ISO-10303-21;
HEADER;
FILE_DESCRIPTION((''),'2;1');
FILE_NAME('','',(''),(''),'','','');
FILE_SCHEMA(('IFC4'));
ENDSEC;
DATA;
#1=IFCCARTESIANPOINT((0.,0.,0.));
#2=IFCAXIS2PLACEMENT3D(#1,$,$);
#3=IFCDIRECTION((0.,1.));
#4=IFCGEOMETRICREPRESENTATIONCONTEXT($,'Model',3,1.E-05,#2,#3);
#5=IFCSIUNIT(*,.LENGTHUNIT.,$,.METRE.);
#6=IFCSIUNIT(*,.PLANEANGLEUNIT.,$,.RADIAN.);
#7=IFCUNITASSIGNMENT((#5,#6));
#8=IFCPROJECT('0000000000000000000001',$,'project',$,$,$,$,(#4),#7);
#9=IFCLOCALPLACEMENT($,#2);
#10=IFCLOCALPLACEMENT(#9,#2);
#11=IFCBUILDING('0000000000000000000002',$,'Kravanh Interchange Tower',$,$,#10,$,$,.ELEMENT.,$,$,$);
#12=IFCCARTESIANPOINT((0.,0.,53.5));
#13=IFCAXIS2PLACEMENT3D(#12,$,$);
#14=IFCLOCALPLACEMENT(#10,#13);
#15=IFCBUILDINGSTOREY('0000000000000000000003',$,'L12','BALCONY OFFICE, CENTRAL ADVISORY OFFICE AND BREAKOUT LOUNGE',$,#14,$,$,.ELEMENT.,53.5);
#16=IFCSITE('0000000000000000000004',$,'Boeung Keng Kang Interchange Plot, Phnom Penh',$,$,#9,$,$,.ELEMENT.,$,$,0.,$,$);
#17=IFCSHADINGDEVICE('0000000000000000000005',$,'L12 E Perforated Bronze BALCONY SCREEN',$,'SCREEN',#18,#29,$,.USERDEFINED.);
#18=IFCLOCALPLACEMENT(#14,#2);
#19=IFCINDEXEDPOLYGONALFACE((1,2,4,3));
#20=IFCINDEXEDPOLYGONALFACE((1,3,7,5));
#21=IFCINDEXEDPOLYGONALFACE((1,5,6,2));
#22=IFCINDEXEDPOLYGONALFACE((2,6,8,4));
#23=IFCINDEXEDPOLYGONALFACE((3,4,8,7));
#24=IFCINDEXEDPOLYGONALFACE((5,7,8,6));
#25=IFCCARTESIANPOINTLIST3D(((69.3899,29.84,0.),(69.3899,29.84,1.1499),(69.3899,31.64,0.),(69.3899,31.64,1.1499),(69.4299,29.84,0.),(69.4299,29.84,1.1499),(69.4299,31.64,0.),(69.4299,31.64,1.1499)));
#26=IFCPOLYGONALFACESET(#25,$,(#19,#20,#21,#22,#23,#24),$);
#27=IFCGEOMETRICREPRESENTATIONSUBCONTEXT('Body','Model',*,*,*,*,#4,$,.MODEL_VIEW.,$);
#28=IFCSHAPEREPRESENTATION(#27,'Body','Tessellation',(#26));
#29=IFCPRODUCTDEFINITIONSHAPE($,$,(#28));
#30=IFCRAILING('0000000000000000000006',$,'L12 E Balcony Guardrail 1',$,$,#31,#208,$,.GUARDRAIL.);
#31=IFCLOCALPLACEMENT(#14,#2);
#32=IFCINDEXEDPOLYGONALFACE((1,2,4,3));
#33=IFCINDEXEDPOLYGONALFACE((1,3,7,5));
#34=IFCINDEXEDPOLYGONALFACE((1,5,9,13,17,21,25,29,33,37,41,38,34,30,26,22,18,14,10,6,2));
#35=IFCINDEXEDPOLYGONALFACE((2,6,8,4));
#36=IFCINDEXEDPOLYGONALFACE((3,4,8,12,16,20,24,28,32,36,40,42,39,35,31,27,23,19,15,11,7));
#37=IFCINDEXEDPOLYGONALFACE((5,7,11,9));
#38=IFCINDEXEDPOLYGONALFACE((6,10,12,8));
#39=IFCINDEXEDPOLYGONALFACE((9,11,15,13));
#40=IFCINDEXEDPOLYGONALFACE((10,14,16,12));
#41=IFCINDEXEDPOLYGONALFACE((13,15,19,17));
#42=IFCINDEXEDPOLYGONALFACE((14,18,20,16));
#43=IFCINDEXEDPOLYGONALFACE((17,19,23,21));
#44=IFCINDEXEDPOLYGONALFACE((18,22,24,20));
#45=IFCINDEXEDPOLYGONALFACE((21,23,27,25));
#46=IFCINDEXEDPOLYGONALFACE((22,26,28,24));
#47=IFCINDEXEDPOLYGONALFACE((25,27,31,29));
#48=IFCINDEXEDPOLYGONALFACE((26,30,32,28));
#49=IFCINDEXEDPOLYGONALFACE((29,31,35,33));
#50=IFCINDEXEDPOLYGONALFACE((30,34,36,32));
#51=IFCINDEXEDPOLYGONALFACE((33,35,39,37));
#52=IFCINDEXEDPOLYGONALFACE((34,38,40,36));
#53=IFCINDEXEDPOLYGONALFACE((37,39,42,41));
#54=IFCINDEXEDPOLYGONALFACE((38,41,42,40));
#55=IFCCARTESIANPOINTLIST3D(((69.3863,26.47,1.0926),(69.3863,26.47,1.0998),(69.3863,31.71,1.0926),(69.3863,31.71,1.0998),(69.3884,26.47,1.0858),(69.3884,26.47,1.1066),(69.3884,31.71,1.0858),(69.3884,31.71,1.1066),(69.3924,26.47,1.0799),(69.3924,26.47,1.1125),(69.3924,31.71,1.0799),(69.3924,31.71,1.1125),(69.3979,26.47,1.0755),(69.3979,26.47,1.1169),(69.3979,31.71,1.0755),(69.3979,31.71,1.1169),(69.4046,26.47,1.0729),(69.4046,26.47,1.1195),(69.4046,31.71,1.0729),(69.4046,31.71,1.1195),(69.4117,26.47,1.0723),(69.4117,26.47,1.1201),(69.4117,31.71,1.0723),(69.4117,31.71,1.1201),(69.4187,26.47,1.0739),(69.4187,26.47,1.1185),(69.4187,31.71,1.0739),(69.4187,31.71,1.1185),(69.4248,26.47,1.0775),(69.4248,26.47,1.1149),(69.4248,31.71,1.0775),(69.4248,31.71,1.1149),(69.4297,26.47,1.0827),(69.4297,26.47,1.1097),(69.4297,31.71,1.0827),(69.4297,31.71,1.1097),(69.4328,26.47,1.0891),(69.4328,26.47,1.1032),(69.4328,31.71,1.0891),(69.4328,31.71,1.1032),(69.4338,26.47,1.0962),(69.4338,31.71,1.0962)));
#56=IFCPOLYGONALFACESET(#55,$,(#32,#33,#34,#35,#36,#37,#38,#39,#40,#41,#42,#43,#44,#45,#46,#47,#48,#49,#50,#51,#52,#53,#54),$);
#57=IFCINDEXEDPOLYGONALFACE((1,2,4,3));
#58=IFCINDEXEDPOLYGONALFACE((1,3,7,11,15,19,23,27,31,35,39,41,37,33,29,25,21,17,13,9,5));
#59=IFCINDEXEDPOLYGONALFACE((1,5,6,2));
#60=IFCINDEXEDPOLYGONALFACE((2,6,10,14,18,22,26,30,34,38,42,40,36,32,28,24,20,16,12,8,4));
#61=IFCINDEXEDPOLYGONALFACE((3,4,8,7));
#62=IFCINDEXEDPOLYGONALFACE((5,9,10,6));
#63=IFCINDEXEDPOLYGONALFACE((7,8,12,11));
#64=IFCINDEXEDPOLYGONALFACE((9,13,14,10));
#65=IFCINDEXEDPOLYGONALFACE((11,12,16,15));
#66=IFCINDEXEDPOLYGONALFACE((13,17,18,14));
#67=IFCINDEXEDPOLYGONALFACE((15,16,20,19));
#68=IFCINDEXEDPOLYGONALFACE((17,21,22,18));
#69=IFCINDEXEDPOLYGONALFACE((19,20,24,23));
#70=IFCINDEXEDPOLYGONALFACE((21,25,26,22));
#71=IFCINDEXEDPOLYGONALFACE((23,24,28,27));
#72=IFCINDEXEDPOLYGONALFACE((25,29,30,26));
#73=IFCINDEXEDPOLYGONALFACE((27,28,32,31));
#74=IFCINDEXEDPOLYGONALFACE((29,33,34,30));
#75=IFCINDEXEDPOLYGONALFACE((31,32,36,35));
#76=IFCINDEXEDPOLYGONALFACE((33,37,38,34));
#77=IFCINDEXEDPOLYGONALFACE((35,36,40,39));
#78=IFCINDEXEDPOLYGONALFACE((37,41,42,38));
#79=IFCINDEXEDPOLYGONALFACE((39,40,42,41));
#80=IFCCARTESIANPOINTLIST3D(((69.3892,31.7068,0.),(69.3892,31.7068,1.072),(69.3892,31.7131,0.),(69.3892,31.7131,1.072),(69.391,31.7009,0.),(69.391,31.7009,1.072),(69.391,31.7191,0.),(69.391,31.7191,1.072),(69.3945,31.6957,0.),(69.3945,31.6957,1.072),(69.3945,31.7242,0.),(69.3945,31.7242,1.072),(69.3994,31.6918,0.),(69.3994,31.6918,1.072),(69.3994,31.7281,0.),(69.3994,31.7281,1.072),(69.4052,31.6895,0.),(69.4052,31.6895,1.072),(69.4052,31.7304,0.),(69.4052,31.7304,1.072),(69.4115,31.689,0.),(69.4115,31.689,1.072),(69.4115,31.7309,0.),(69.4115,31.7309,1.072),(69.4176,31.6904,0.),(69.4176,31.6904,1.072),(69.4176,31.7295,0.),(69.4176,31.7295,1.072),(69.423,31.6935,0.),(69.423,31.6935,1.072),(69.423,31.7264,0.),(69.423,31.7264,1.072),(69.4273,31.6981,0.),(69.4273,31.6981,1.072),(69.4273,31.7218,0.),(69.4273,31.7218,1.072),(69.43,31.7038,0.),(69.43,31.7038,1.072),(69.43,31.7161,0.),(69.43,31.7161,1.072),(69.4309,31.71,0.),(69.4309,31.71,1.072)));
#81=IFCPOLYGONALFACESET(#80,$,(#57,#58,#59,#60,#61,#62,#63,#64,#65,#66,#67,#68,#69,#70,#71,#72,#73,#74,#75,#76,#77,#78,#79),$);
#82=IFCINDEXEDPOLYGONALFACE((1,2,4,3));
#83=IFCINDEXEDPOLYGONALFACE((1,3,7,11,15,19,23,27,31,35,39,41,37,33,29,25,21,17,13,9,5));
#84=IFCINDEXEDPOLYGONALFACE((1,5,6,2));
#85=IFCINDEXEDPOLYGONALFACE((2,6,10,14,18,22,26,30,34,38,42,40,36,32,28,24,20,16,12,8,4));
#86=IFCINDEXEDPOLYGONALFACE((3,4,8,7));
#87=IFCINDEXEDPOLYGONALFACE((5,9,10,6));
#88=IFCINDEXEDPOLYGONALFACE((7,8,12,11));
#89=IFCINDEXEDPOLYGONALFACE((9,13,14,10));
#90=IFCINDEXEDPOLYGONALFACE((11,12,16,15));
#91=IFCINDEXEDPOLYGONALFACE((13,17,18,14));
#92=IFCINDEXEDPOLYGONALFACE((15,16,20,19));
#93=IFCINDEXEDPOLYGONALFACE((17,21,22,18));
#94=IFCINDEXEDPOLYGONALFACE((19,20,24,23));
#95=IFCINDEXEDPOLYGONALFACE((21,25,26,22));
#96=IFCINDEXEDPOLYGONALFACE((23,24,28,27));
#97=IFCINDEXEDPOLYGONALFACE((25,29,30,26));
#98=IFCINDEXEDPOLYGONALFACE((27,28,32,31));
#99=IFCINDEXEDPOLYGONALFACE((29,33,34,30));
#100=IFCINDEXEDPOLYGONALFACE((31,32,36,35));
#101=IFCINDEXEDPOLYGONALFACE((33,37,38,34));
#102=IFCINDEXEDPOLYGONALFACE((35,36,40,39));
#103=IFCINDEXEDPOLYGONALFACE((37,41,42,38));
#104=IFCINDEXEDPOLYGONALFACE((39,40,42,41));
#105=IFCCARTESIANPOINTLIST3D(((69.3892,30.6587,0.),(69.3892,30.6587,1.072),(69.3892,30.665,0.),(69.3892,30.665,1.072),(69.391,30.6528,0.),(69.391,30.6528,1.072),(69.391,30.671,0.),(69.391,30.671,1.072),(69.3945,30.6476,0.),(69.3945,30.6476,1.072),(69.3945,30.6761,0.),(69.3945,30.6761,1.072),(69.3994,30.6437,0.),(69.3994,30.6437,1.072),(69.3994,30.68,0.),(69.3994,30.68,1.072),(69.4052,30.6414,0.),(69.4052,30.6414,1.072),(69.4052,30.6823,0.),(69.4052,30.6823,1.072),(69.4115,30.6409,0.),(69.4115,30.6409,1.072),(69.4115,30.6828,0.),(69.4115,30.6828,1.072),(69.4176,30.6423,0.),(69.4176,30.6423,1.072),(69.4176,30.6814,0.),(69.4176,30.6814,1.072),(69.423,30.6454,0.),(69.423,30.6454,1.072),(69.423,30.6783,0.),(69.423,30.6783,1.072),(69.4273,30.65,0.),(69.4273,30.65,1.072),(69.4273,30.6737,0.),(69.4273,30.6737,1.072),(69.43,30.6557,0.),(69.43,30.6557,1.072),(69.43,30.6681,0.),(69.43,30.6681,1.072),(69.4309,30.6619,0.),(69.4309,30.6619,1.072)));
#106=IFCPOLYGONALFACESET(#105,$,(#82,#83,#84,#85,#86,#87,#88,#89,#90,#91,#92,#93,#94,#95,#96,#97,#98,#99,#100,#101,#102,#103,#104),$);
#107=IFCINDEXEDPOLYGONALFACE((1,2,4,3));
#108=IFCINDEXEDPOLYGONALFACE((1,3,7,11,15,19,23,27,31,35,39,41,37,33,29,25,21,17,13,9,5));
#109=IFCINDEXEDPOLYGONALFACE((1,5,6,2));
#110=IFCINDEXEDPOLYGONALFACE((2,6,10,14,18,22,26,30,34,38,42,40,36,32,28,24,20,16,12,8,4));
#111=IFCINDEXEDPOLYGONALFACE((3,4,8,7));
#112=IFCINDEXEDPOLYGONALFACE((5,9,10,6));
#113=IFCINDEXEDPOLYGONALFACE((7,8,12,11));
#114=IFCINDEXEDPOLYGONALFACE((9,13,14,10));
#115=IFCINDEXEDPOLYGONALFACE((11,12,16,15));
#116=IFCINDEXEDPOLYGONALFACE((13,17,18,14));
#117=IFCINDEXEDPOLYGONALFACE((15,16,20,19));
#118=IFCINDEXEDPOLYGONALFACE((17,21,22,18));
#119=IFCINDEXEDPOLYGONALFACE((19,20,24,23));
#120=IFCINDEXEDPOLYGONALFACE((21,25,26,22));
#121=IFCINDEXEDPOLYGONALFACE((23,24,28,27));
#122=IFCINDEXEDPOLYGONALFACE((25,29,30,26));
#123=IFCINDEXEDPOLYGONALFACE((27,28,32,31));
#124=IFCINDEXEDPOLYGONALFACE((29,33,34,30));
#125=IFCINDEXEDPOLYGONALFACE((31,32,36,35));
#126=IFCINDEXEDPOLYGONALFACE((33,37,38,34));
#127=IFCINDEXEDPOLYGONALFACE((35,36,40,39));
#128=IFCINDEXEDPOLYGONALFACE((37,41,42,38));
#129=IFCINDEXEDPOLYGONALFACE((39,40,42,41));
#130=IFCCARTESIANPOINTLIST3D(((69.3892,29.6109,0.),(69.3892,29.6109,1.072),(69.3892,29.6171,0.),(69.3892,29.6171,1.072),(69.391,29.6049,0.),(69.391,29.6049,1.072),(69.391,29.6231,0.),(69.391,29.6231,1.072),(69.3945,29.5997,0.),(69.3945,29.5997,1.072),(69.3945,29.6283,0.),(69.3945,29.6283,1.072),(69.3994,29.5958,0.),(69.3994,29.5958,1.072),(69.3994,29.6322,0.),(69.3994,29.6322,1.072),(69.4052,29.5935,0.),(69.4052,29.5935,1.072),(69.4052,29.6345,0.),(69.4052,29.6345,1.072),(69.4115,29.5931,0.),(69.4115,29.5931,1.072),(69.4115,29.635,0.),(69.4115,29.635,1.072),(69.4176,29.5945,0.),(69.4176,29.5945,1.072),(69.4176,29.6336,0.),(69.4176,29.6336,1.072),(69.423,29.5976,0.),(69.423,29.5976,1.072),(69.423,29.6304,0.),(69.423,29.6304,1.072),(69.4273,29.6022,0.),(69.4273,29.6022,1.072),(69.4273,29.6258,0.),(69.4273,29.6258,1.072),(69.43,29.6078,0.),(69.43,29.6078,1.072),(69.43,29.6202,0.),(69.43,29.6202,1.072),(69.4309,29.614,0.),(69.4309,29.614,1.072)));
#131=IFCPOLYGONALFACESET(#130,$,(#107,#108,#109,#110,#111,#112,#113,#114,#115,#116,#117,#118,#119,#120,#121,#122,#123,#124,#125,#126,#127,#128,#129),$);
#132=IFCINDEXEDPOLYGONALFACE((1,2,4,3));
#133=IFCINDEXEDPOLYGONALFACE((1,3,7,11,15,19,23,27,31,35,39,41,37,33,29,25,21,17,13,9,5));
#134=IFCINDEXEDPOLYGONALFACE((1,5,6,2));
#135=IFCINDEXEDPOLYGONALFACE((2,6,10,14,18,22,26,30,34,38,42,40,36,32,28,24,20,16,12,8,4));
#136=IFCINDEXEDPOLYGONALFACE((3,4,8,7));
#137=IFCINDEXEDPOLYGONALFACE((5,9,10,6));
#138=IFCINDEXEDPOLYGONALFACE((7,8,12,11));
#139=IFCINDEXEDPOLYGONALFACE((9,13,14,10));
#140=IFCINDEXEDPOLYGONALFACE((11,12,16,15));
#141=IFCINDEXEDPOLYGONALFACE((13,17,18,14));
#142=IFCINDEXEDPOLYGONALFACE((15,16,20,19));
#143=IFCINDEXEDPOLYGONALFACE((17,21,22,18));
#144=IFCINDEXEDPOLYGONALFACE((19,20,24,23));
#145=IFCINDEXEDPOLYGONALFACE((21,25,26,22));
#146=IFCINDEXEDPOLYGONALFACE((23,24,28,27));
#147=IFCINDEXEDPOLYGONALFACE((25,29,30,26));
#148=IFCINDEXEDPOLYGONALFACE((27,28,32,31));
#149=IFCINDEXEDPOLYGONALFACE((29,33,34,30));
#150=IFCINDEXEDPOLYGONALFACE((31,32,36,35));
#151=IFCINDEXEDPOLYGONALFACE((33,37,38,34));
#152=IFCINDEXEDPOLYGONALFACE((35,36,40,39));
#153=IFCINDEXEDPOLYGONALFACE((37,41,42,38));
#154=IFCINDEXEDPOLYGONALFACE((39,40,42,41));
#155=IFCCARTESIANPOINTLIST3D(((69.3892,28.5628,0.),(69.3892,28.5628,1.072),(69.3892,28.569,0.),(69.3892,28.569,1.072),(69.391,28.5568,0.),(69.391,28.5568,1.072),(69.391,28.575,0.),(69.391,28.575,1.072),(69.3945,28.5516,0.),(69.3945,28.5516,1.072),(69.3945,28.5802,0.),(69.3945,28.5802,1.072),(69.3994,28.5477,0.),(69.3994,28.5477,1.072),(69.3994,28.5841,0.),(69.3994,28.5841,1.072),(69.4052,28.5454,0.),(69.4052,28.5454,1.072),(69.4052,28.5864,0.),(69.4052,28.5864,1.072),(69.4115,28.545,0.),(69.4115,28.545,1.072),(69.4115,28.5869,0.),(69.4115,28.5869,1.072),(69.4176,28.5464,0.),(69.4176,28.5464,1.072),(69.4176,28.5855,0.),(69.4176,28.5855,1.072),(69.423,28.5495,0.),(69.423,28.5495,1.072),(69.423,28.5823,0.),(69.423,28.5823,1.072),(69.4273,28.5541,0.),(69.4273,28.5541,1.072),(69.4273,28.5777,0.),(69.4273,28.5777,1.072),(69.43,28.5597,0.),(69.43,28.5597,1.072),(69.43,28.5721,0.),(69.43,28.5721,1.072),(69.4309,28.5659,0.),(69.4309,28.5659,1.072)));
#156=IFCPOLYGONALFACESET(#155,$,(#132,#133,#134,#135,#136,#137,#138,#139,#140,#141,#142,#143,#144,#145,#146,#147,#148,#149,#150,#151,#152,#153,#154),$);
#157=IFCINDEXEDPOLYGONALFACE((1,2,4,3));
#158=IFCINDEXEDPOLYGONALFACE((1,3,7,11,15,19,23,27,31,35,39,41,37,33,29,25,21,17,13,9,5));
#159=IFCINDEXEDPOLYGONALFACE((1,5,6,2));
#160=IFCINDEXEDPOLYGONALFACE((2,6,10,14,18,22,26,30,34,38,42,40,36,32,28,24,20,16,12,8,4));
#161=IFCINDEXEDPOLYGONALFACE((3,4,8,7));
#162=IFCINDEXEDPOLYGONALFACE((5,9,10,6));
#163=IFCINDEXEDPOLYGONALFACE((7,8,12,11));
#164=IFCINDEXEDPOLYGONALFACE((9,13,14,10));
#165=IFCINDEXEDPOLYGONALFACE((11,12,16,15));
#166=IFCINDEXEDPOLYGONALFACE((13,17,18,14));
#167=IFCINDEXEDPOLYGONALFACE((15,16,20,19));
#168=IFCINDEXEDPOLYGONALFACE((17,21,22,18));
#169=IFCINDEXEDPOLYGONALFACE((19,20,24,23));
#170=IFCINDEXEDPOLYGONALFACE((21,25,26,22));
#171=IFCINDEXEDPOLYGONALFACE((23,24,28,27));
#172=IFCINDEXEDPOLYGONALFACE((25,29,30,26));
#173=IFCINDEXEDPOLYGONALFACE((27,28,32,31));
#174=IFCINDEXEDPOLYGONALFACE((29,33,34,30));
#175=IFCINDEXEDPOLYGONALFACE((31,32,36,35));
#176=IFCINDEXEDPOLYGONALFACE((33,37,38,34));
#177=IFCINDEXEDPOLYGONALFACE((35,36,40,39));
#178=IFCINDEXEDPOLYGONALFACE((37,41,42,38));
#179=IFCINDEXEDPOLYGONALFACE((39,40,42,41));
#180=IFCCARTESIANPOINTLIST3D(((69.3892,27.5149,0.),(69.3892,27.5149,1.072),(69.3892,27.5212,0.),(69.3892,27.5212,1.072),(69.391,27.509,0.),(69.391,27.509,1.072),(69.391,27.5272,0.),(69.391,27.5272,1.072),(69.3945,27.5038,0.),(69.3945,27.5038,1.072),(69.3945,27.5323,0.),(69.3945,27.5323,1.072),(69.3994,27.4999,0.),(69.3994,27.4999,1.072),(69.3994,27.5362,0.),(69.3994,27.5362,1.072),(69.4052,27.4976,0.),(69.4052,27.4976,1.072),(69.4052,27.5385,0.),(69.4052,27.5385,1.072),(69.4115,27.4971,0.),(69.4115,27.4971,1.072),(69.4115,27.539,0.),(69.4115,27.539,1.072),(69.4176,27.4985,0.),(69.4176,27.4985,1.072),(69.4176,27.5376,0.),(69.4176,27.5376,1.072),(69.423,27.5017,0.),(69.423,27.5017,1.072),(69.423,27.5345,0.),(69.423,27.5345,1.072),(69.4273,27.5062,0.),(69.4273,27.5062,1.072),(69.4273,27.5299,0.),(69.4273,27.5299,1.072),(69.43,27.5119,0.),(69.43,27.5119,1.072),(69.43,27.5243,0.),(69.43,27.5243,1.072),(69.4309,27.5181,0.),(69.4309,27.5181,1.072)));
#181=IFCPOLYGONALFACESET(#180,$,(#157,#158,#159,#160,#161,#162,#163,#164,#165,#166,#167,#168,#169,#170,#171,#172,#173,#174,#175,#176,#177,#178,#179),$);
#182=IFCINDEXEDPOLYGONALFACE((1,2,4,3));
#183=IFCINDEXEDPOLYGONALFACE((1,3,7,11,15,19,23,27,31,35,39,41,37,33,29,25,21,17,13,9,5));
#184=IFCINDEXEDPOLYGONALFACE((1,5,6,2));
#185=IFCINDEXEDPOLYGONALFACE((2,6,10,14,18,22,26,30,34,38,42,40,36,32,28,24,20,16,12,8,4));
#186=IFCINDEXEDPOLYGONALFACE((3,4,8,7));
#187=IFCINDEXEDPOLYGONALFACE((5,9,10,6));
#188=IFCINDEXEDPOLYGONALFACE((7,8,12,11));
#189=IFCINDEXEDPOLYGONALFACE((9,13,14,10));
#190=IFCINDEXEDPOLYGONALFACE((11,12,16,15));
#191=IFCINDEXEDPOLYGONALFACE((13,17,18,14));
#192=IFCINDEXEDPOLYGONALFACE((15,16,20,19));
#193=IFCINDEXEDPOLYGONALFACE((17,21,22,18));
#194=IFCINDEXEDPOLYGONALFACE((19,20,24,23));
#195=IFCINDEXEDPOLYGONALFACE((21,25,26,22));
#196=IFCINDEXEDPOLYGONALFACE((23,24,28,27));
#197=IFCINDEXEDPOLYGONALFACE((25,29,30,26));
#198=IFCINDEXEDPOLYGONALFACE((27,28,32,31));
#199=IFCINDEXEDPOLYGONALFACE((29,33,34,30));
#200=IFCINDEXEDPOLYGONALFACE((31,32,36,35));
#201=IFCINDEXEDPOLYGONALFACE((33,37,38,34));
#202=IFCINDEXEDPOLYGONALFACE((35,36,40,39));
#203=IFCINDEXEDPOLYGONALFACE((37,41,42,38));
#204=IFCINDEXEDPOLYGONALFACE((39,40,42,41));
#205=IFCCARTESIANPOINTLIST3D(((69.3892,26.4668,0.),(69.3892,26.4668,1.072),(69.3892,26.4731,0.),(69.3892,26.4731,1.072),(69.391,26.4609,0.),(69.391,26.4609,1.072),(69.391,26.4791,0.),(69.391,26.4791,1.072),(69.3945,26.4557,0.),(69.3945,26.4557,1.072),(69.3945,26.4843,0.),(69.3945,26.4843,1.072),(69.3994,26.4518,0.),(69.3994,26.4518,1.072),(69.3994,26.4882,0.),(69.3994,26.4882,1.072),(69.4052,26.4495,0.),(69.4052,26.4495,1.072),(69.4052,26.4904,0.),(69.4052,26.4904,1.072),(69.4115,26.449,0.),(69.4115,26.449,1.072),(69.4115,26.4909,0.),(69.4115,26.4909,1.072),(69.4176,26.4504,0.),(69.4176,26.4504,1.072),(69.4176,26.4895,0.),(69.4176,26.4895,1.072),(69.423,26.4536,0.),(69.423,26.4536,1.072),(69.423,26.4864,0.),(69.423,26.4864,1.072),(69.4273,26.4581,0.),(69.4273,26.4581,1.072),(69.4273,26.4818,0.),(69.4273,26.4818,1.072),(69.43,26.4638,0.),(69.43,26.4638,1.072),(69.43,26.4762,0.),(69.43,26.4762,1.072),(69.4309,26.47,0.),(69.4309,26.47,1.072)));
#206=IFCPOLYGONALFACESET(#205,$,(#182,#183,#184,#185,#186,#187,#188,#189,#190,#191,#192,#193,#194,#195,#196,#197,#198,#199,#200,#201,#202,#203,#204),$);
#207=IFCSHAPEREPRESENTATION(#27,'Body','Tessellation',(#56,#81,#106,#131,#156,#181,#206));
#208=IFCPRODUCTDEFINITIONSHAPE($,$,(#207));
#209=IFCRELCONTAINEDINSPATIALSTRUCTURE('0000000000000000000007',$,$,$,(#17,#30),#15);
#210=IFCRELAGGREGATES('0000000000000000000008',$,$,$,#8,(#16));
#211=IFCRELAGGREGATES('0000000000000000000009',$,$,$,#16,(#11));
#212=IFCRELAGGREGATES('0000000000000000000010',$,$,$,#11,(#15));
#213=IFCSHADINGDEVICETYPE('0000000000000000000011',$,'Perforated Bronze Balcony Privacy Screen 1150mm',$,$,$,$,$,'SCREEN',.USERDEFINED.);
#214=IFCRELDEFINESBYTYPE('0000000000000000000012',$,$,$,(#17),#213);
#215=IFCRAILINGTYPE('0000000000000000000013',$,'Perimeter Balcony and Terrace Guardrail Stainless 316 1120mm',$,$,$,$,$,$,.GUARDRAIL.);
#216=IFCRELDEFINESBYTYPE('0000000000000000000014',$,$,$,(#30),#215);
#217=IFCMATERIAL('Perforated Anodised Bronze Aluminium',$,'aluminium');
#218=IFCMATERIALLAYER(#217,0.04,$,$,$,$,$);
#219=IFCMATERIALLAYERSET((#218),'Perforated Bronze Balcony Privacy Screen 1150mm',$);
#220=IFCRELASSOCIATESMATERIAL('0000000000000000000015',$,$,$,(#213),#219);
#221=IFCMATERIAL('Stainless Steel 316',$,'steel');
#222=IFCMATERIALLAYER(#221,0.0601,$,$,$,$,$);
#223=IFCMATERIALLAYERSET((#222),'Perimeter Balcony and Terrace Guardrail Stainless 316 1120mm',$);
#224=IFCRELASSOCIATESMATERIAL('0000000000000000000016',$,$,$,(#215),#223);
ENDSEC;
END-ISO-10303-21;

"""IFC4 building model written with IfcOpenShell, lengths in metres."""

from ifc_helpers import new_model, si_unit, direction, frame, origin, origin_2d, place, context, subcontext, project, spatial, rectangle, circle, extrude, material, layer, layer_set, type_object, element, save


model = new_model("IFC4")

# Units and contexts
model_context = context("Model", 3, precision=1e-05, world=origin(), true_north=direction((0.0, 1.0)))
body_context = subcontext(model_context, "Body", "Model", "MODEL_VIEW")
ifc_project = project(units=[si_unit("LENGTHUNIT", "METRE"), si_unit("PLANEANGLEUNIT", "RADIAN")], contexts=[model_context])

# Site, building, storey
site_placement = place(None, origin())
site = spatial("IfcSite", under=ifc_project, at=site_placement, Name="Boeung Keng Kang Interchange Plot, Phnom Penh", CompositionType="ELEMENT", RefElevation=0.0)
building_placement = place(site_placement, origin())
building = spatial("IfcBuilding", under=site, at=building_placement, Name="Kravanh Interchange Tower", CompositionType="ELEMENT")
storey_placement = place(building_placement, frame((0.0, 0.0, 53.5)))
storey = spatial("IfcBuildingStorey", under=building, at=storey_placement, Name="L12", Description="BALCONY OFFICE, CENTRAL ADVISORY OFFICE AND BREAKOUT LOUNGE", CompositionType="ELEMENT", Elevation=53.5)

# Shading device
ifc_material_1 = material(Name="Perforated Anodised Bronze Aluminium", Category="aluminium")
ifc_layer_1 = layer(ifc_material_1, 0.04)
ifc_layer_set_1 = layer_set([ifc_layer_1], Name="Perforated Bronze Balcony Privacy Screen 1150mm")
shading_device_type = type_object("IfcShadingDeviceType", Name="Perforated Bronze Balcony Privacy Screen 1150mm", ElementType="SCREEN", PredefinedType="USERDEFINED", material=ifc_layer_set_1)
shading_device_placement = place(storey_placement, frame((69.4099, 30.74, 0.0), z_axis=(0.0, 0.0, 1.0), x_axis=(1.0, 0.0, 0.0)))
element("IfcShadingDevice", 1, at=shading_device_placement, inside=storey, type_object=shading_device_type, Name="L12 E Perforated Bronze BALCONY SCREEN", ObjectType="SCREEN", PredefinedType="USERDEFINED", context=body_context, shape_type="SweptSolid", body=[
    extrude(rectangle(XDim=0.04, YDim=1.8, at=origin_2d()), origin(), (0.0, 0.0, 1.0), 1.1499),
])

# Railing
ifc_material_2 = material(Name="Stainless Steel 316", Category="steel")
ifc_layer_2 = layer(ifc_material_2, 0.0601)
ifc_layer_set_2 = layer_set([ifc_layer_2], Name="Perimeter Balcony and Terrace Guardrail Stainless 316 1120mm")
railing_type = type_object("IfcRailingType", Name="Perimeter Balcony and Terrace Guardrail Stainless 316 1120mm", PredefinedType="GUARDRAIL", material=ifc_layer_set_2)
railing_1_placement = place(storey_placement, frame((69.4099, 31.71, 0.0)))
element("IfcRailing", 2, at=railing_1_placement, inside=storey, type_object=railing_type, Name="L12 E Balcony Guardrail 1", PredefinedType="GUARDRAIL", context=body_context, shape_type="SweptSolid", body=[
    extrude(circle(Radius=0.0239, at=origin_2d()), frame((0.0, 0.0, 1.0962), z_axis=(0.0, -1.0, 0.0), x_axis=(1.0, 0.0, 0.0)), (0.0, 0.0, 1.0), 5.24),
    extrude(circle(Radius=0.021, at=origin_2d()), origin(), (0.0, 0.0, 1.0), 1.072),
    extrude(circle(Radius=0.021, at=origin_2d()), frame((0.0, -1.0481, 0.0)), (0.0, 0.0, 1.0), 1.072),
    extrude(circle(Radius=0.021, at=origin_2d()), frame((0.0, -2.0959, 0.0)), (0.0, 0.0, 1.0), 1.072),
    extrude(circle(Radius=0.021, at=origin_2d()), frame((0.0, -3.144, 0.0)), (0.0, 0.0, 1.0), 1.072),
    extrude(circle(Radius=0.021, at=origin_2d()), frame((0.0, -4.1919, 0.0)), (0.0, 0.0, 1.0), 1.072),
    extrude(circle(Radius=0.021, at=origin_2d()), frame((0.0, -5.24, 0.0)), (0.0, 0.0, 1.0), 1.072),
])

save(model, "model.ifc")
